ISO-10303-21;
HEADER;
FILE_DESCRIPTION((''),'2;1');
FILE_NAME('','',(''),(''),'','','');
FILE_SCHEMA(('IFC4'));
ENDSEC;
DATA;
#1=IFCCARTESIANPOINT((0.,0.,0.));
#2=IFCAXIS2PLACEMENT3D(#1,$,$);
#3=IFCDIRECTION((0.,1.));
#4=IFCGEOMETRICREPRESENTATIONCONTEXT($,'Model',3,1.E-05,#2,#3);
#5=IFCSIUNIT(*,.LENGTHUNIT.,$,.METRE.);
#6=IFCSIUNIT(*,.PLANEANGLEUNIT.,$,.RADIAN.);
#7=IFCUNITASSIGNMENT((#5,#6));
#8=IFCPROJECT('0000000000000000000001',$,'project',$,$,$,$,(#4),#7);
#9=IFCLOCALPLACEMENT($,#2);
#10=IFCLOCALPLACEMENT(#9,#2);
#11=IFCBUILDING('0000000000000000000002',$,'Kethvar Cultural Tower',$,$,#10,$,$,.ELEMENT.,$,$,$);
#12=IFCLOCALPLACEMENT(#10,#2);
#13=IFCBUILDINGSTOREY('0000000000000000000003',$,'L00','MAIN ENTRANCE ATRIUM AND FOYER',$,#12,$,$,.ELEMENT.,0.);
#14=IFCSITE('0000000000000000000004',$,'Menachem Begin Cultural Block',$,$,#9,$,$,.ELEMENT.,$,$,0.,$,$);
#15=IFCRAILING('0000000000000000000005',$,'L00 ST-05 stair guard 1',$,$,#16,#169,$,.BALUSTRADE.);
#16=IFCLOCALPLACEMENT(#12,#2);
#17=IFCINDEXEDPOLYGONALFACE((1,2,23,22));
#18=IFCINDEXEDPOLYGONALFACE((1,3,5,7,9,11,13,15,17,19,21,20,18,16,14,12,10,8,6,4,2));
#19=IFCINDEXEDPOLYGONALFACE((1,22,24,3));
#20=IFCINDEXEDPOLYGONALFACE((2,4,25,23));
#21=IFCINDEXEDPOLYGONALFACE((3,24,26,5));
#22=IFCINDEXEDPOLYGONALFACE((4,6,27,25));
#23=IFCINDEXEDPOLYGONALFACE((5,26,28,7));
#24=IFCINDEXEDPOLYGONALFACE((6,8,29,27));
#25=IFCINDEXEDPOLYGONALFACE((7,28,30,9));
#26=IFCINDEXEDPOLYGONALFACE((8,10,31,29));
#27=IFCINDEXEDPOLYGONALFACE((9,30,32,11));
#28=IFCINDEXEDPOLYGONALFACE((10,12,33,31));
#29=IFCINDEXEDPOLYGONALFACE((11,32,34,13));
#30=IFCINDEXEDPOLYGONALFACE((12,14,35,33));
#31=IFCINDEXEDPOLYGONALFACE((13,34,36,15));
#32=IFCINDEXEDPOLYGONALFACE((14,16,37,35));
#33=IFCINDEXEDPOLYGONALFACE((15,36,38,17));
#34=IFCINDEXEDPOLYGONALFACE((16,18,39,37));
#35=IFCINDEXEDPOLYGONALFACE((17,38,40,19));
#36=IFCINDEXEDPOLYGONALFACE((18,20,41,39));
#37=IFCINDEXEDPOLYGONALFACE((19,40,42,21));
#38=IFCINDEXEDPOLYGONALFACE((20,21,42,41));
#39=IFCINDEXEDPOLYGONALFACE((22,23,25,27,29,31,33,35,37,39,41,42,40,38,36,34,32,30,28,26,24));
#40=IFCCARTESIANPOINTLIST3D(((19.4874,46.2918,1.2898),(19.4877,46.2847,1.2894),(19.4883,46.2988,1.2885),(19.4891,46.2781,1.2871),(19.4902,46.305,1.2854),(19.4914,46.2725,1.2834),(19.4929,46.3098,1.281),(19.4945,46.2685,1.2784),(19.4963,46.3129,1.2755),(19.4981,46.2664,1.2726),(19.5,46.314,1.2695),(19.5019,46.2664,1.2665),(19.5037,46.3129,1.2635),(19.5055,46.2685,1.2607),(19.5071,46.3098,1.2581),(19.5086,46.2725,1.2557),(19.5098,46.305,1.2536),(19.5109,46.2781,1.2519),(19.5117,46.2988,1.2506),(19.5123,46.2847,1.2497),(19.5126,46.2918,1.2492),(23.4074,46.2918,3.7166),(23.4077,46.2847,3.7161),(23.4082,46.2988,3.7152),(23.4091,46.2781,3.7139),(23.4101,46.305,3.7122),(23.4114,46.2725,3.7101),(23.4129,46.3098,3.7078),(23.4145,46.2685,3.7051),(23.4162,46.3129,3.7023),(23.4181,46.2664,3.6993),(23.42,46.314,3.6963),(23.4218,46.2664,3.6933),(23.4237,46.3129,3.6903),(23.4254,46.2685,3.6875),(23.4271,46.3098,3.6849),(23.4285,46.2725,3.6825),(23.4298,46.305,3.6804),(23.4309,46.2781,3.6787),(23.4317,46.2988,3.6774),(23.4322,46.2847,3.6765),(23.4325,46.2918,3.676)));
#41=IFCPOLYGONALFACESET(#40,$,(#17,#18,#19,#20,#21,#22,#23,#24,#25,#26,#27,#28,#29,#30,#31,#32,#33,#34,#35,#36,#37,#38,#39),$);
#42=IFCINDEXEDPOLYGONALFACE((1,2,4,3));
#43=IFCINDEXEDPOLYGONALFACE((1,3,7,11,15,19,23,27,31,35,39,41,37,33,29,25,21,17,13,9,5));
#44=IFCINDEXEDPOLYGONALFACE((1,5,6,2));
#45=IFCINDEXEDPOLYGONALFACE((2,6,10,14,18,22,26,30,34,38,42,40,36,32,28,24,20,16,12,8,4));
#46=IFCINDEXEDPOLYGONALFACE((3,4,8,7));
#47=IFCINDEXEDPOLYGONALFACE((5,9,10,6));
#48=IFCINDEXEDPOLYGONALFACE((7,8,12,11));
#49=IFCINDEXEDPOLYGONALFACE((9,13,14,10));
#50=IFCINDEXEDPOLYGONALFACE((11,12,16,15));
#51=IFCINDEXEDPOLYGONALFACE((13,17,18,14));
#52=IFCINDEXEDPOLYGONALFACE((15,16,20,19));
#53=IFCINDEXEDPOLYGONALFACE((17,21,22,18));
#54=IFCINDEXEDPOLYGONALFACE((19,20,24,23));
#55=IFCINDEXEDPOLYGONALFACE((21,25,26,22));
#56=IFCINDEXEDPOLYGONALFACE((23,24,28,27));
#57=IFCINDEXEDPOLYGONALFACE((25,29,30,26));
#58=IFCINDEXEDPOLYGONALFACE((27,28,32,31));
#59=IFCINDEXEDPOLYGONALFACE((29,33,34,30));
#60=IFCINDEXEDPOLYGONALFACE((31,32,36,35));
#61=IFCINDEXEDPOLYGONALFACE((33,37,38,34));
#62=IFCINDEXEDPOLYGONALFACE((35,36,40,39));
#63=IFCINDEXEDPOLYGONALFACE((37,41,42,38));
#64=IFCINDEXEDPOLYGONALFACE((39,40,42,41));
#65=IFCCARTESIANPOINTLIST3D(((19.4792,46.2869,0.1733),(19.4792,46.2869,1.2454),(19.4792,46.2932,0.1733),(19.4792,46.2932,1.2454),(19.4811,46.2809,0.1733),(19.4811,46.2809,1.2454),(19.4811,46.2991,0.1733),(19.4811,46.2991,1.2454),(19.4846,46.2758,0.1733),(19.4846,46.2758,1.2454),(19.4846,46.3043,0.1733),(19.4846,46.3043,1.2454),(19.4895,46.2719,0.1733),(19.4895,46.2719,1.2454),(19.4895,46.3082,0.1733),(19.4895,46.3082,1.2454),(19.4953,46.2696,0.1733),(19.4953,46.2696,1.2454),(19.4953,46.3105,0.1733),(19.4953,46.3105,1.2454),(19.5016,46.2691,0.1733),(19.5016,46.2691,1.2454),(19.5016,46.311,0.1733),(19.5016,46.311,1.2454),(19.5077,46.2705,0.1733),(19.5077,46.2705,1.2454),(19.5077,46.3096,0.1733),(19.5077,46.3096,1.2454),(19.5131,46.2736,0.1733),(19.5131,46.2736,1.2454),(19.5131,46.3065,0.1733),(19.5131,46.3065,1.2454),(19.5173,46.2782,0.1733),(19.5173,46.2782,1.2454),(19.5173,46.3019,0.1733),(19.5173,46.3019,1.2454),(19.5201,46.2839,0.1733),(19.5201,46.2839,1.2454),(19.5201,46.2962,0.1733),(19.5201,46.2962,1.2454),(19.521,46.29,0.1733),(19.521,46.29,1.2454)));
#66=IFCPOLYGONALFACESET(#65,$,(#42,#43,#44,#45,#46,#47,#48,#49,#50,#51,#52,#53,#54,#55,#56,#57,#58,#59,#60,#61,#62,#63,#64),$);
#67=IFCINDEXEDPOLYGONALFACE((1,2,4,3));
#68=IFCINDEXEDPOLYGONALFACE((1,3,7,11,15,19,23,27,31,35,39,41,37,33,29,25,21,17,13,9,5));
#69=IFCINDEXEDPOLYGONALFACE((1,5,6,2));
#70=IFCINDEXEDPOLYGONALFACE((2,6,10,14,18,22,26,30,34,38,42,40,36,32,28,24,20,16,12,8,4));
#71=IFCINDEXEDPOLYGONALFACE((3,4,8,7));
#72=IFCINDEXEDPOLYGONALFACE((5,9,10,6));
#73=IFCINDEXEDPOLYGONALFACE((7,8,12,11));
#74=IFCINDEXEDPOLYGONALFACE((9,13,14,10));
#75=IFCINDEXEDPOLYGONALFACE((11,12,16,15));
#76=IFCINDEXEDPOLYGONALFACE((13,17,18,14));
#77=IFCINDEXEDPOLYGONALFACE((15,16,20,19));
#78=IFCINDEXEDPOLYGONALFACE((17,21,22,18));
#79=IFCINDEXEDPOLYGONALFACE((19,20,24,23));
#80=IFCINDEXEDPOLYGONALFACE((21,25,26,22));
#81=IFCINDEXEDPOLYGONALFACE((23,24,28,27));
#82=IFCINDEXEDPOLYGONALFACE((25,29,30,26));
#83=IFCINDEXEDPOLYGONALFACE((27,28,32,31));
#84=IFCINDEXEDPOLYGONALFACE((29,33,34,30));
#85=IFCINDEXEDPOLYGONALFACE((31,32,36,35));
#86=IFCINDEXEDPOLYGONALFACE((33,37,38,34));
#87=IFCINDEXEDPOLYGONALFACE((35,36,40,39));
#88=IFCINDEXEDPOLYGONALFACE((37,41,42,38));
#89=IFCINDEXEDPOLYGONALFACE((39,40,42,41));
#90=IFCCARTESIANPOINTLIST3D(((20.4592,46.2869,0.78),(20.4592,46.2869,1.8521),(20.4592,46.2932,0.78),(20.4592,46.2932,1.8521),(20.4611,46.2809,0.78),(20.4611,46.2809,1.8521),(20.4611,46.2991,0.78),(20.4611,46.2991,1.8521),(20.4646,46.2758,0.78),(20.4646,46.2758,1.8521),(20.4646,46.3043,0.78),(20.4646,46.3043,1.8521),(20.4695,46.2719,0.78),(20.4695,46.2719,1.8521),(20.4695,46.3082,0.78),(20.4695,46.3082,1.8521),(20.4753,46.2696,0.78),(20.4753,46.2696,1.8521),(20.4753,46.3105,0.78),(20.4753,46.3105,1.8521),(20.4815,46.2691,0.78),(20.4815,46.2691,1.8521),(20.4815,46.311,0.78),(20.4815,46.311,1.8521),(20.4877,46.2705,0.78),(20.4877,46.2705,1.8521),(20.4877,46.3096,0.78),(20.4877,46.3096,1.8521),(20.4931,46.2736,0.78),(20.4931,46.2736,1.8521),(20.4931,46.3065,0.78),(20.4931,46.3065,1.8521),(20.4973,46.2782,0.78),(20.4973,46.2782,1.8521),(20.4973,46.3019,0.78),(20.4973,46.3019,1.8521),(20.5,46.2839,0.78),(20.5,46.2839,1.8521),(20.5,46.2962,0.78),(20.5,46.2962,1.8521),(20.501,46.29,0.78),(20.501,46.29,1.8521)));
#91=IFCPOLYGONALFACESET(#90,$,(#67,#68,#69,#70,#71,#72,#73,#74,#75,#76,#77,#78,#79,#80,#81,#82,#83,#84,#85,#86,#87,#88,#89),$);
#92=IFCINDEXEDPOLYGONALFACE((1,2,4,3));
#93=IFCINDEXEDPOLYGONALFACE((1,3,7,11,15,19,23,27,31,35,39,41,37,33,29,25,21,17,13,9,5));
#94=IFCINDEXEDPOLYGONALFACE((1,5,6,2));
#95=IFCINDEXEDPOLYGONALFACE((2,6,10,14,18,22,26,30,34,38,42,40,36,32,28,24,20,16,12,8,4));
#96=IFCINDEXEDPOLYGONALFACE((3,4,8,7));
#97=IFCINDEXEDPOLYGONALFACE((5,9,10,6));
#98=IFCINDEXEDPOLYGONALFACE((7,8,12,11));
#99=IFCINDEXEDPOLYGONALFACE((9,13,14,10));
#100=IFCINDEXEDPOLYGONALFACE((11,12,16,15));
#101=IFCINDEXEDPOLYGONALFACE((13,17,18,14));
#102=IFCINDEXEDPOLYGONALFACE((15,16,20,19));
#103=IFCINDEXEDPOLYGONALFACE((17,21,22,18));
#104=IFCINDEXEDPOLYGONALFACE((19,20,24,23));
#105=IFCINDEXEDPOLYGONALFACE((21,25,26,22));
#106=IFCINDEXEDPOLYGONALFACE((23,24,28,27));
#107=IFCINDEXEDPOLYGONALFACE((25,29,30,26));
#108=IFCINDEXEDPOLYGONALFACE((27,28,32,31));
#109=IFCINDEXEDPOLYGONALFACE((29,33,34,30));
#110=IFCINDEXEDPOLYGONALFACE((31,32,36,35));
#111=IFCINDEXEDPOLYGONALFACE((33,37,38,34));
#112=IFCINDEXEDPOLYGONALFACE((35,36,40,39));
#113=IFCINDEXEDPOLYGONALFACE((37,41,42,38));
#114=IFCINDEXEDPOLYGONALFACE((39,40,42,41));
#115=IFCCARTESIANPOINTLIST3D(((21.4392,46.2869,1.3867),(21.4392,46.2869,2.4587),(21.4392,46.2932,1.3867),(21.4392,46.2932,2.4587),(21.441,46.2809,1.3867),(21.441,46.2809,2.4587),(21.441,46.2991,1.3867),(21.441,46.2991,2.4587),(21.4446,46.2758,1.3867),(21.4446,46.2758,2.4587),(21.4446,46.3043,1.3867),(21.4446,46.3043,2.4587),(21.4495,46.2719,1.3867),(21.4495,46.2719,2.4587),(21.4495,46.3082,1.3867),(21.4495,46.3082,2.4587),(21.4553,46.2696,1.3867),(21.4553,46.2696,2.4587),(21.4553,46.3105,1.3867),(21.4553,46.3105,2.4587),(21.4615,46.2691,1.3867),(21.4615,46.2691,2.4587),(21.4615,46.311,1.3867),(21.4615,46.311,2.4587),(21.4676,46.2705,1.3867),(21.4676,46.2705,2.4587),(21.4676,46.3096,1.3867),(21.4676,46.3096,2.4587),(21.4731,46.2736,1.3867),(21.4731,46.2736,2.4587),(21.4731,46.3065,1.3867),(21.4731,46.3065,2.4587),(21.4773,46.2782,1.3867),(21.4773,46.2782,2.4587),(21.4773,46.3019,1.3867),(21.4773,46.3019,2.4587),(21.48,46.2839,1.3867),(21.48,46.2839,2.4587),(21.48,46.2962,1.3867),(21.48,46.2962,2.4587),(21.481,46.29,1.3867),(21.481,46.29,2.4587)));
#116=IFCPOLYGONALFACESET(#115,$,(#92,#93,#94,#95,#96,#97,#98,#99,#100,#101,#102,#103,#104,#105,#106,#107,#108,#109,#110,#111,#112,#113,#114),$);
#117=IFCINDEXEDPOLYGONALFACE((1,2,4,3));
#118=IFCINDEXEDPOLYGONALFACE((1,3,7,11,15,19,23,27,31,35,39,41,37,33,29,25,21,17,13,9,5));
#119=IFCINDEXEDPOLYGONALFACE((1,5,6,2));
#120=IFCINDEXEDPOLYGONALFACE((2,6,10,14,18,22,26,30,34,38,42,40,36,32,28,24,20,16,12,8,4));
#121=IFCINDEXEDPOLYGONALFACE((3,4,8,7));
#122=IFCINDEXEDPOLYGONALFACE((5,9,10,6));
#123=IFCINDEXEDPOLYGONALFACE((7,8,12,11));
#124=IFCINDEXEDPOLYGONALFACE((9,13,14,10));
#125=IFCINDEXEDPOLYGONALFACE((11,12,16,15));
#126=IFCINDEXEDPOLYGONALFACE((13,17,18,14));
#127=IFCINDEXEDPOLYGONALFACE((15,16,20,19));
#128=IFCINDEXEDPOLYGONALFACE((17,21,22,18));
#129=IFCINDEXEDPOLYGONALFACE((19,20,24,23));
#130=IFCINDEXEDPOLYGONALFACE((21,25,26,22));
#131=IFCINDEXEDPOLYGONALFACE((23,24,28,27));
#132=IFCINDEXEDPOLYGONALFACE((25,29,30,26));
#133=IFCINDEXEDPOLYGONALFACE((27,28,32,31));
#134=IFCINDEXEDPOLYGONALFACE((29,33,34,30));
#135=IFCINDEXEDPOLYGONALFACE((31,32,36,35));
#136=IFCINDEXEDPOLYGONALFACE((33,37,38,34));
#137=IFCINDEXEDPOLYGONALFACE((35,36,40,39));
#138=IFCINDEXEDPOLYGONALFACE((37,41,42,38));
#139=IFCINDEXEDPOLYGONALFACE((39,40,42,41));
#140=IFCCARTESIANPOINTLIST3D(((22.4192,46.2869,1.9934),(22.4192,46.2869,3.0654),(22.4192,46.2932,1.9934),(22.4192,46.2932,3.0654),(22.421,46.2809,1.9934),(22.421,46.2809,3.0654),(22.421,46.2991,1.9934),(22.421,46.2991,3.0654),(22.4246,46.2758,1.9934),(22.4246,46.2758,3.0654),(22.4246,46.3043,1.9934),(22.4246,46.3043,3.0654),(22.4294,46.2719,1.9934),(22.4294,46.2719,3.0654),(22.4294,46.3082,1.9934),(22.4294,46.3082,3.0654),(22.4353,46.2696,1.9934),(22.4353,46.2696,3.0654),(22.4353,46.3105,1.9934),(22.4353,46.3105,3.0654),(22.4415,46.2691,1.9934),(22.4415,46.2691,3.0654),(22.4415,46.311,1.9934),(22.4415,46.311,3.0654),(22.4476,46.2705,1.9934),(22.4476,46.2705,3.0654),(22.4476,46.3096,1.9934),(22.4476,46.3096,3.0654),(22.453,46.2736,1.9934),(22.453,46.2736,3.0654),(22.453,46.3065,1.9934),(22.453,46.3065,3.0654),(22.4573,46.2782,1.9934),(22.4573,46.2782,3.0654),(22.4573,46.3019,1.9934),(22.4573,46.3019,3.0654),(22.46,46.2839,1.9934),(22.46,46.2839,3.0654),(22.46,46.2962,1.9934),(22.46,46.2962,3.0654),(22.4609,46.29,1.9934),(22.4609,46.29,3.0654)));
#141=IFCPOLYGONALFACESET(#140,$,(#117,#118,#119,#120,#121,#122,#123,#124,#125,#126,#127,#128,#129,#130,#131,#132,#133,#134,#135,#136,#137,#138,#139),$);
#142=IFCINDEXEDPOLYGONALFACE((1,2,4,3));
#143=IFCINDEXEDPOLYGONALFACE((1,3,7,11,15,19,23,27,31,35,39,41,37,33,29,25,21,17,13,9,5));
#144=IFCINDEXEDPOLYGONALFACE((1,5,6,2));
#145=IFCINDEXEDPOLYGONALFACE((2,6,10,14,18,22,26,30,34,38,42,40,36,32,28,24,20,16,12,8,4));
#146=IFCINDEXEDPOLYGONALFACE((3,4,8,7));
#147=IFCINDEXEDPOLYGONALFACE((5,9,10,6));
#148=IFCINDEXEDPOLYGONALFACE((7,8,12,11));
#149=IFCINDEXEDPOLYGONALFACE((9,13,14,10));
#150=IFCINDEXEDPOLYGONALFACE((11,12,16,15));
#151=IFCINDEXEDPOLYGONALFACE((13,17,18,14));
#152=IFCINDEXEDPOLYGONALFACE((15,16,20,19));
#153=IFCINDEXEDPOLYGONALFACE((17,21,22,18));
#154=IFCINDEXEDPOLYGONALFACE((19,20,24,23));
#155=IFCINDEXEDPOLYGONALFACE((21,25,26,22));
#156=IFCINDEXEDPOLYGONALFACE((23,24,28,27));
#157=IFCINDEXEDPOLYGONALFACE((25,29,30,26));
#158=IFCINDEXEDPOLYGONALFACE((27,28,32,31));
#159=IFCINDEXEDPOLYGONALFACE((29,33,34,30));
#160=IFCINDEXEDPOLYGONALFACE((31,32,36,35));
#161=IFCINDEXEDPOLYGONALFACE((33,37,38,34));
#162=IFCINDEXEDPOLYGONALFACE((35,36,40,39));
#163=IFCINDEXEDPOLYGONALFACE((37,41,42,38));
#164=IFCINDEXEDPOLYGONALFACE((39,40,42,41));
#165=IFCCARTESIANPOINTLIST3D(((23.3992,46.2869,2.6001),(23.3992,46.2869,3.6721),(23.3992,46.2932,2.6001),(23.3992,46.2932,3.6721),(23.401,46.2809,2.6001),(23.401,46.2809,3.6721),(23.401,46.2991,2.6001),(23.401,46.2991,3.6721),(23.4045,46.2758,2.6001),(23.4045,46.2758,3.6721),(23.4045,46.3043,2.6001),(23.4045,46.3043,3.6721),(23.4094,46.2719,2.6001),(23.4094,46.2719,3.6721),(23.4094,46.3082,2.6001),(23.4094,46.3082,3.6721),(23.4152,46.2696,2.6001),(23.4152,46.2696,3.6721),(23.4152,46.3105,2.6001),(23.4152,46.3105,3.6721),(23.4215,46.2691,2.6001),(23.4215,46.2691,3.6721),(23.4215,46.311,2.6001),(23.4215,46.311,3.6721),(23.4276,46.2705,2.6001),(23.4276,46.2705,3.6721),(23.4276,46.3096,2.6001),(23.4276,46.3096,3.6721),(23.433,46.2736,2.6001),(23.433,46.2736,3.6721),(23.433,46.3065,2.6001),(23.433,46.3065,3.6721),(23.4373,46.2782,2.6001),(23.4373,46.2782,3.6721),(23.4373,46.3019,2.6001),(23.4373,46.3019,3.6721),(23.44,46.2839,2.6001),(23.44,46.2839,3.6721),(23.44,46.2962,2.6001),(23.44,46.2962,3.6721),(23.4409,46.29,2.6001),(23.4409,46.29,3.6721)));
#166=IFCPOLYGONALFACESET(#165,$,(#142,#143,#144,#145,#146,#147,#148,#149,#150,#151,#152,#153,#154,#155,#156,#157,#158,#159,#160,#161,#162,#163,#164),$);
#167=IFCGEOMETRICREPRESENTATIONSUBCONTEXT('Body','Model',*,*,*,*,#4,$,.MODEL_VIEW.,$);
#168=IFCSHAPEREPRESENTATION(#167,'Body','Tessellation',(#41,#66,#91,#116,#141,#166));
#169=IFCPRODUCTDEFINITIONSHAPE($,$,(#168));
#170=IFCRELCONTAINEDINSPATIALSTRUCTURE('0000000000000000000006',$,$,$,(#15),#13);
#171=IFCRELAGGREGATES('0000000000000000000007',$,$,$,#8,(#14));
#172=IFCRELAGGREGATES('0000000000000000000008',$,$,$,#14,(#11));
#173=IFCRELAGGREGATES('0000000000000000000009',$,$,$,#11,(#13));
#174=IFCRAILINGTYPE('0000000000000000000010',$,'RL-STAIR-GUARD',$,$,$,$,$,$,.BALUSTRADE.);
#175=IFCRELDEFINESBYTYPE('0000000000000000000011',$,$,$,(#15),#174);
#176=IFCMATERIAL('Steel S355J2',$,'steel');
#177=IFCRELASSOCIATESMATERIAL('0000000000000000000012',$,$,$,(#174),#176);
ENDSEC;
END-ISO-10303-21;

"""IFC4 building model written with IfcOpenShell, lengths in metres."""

from ifc_helpers import new_model, si_unit, direction, frame, origin, origin_2d, place, context, subcontext, project, spatial, circle, extrude, material, type_object, element, save


model = new_model("IFC4")

# Units and contexts
model_context = context("Model", 3, precision=1e-05, world=origin(), true_north=direction((0.0, 1.0)))
body_context = subcontext(model_context, "Body", "Model", "MODEL_VIEW")
ifc_project = project(units=[si_unit("LENGTHUNIT", "METRE"), si_unit("PLANEANGLEUNIT", "RADIAN")], contexts=[model_context])

# Site, building, storey
site_placement = place(None, origin())
site = spatial("IfcSite", under=ifc_project, at=site_placement, Name="Menachem Begin Cultural Block", CompositionType="ELEMENT", RefElevation=0.0)
building_placement = place(site_placement, origin())
building = spatial("IfcBuilding", under=site, at=building_placement, Name="Kethvar Cultural Tower", CompositionType="ELEMENT")
storey_placement = place(building_placement, origin())
storey = spatial("IfcBuildingStorey", under=building, at=storey_placement, Name="L00", Description="MAIN ENTRANCE ATRIUM AND FOYER", CompositionType="ELEMENT", Elevation=0.0)

# Shared definitions
ifc_material_1 = material(Name="Steel S355J2", Category="steel")

# Railing
railing_type_1 = type_object("IfcRailingType", Name="RL-STAIR-GUARD", PredefinedType="BALUSTRADE", material=ifc_material_1)
railing_1_placement = place(storey_placement, frame((19.5, 46.29, 0.1733)))
element("IfcRailing", 1, at=railing_1_placement, inside=storey, type_object=railing_type_1, Name="L00 ST-05 stair guard 1", PredefinedType="BALUSTRADE", context=body_context, shape_type="SweptSolid", body=[
    extrude(circle(Radius=0.0239, at=origin_2d()), frame((0.0, 0.0, 1.0962), z_axis=(0.850252, 0.0, 0.526376), x_axis=(0.0, 1.0, 0.0)), (0.0, 0.0, 1.0), 4.6104),
    extrude(circle(Radius=0.021, at=origin_2d()), origin(), (0.0, 0.0, 1.0), 1.072),
    extrude(circle(Radius=0.021, at=origin_2d()), frame((0.98, 0.0, 0.6067)), (0.0, 0.0, 1.0), 1.072),
    extrude(circle(Radius=0.021, at=origin_2d()), frame((1.96, 0.0, 1.2134)), (0.0, 0.0, 1.0), 1.072),
    extrude(circle(Radius=0.021, at=origin_2d()), frame((2.9399, 0.0, 1.8201)), (0.0, 0.0, 1.0), 1.072),
    extrude(circle(Radius=0.021, at=origin_2d()), frame((3.9199, 0.0, 2.4268)), (0.0, 0.0, 1.0), 1.072),
])

save(model, "model.ifc")
